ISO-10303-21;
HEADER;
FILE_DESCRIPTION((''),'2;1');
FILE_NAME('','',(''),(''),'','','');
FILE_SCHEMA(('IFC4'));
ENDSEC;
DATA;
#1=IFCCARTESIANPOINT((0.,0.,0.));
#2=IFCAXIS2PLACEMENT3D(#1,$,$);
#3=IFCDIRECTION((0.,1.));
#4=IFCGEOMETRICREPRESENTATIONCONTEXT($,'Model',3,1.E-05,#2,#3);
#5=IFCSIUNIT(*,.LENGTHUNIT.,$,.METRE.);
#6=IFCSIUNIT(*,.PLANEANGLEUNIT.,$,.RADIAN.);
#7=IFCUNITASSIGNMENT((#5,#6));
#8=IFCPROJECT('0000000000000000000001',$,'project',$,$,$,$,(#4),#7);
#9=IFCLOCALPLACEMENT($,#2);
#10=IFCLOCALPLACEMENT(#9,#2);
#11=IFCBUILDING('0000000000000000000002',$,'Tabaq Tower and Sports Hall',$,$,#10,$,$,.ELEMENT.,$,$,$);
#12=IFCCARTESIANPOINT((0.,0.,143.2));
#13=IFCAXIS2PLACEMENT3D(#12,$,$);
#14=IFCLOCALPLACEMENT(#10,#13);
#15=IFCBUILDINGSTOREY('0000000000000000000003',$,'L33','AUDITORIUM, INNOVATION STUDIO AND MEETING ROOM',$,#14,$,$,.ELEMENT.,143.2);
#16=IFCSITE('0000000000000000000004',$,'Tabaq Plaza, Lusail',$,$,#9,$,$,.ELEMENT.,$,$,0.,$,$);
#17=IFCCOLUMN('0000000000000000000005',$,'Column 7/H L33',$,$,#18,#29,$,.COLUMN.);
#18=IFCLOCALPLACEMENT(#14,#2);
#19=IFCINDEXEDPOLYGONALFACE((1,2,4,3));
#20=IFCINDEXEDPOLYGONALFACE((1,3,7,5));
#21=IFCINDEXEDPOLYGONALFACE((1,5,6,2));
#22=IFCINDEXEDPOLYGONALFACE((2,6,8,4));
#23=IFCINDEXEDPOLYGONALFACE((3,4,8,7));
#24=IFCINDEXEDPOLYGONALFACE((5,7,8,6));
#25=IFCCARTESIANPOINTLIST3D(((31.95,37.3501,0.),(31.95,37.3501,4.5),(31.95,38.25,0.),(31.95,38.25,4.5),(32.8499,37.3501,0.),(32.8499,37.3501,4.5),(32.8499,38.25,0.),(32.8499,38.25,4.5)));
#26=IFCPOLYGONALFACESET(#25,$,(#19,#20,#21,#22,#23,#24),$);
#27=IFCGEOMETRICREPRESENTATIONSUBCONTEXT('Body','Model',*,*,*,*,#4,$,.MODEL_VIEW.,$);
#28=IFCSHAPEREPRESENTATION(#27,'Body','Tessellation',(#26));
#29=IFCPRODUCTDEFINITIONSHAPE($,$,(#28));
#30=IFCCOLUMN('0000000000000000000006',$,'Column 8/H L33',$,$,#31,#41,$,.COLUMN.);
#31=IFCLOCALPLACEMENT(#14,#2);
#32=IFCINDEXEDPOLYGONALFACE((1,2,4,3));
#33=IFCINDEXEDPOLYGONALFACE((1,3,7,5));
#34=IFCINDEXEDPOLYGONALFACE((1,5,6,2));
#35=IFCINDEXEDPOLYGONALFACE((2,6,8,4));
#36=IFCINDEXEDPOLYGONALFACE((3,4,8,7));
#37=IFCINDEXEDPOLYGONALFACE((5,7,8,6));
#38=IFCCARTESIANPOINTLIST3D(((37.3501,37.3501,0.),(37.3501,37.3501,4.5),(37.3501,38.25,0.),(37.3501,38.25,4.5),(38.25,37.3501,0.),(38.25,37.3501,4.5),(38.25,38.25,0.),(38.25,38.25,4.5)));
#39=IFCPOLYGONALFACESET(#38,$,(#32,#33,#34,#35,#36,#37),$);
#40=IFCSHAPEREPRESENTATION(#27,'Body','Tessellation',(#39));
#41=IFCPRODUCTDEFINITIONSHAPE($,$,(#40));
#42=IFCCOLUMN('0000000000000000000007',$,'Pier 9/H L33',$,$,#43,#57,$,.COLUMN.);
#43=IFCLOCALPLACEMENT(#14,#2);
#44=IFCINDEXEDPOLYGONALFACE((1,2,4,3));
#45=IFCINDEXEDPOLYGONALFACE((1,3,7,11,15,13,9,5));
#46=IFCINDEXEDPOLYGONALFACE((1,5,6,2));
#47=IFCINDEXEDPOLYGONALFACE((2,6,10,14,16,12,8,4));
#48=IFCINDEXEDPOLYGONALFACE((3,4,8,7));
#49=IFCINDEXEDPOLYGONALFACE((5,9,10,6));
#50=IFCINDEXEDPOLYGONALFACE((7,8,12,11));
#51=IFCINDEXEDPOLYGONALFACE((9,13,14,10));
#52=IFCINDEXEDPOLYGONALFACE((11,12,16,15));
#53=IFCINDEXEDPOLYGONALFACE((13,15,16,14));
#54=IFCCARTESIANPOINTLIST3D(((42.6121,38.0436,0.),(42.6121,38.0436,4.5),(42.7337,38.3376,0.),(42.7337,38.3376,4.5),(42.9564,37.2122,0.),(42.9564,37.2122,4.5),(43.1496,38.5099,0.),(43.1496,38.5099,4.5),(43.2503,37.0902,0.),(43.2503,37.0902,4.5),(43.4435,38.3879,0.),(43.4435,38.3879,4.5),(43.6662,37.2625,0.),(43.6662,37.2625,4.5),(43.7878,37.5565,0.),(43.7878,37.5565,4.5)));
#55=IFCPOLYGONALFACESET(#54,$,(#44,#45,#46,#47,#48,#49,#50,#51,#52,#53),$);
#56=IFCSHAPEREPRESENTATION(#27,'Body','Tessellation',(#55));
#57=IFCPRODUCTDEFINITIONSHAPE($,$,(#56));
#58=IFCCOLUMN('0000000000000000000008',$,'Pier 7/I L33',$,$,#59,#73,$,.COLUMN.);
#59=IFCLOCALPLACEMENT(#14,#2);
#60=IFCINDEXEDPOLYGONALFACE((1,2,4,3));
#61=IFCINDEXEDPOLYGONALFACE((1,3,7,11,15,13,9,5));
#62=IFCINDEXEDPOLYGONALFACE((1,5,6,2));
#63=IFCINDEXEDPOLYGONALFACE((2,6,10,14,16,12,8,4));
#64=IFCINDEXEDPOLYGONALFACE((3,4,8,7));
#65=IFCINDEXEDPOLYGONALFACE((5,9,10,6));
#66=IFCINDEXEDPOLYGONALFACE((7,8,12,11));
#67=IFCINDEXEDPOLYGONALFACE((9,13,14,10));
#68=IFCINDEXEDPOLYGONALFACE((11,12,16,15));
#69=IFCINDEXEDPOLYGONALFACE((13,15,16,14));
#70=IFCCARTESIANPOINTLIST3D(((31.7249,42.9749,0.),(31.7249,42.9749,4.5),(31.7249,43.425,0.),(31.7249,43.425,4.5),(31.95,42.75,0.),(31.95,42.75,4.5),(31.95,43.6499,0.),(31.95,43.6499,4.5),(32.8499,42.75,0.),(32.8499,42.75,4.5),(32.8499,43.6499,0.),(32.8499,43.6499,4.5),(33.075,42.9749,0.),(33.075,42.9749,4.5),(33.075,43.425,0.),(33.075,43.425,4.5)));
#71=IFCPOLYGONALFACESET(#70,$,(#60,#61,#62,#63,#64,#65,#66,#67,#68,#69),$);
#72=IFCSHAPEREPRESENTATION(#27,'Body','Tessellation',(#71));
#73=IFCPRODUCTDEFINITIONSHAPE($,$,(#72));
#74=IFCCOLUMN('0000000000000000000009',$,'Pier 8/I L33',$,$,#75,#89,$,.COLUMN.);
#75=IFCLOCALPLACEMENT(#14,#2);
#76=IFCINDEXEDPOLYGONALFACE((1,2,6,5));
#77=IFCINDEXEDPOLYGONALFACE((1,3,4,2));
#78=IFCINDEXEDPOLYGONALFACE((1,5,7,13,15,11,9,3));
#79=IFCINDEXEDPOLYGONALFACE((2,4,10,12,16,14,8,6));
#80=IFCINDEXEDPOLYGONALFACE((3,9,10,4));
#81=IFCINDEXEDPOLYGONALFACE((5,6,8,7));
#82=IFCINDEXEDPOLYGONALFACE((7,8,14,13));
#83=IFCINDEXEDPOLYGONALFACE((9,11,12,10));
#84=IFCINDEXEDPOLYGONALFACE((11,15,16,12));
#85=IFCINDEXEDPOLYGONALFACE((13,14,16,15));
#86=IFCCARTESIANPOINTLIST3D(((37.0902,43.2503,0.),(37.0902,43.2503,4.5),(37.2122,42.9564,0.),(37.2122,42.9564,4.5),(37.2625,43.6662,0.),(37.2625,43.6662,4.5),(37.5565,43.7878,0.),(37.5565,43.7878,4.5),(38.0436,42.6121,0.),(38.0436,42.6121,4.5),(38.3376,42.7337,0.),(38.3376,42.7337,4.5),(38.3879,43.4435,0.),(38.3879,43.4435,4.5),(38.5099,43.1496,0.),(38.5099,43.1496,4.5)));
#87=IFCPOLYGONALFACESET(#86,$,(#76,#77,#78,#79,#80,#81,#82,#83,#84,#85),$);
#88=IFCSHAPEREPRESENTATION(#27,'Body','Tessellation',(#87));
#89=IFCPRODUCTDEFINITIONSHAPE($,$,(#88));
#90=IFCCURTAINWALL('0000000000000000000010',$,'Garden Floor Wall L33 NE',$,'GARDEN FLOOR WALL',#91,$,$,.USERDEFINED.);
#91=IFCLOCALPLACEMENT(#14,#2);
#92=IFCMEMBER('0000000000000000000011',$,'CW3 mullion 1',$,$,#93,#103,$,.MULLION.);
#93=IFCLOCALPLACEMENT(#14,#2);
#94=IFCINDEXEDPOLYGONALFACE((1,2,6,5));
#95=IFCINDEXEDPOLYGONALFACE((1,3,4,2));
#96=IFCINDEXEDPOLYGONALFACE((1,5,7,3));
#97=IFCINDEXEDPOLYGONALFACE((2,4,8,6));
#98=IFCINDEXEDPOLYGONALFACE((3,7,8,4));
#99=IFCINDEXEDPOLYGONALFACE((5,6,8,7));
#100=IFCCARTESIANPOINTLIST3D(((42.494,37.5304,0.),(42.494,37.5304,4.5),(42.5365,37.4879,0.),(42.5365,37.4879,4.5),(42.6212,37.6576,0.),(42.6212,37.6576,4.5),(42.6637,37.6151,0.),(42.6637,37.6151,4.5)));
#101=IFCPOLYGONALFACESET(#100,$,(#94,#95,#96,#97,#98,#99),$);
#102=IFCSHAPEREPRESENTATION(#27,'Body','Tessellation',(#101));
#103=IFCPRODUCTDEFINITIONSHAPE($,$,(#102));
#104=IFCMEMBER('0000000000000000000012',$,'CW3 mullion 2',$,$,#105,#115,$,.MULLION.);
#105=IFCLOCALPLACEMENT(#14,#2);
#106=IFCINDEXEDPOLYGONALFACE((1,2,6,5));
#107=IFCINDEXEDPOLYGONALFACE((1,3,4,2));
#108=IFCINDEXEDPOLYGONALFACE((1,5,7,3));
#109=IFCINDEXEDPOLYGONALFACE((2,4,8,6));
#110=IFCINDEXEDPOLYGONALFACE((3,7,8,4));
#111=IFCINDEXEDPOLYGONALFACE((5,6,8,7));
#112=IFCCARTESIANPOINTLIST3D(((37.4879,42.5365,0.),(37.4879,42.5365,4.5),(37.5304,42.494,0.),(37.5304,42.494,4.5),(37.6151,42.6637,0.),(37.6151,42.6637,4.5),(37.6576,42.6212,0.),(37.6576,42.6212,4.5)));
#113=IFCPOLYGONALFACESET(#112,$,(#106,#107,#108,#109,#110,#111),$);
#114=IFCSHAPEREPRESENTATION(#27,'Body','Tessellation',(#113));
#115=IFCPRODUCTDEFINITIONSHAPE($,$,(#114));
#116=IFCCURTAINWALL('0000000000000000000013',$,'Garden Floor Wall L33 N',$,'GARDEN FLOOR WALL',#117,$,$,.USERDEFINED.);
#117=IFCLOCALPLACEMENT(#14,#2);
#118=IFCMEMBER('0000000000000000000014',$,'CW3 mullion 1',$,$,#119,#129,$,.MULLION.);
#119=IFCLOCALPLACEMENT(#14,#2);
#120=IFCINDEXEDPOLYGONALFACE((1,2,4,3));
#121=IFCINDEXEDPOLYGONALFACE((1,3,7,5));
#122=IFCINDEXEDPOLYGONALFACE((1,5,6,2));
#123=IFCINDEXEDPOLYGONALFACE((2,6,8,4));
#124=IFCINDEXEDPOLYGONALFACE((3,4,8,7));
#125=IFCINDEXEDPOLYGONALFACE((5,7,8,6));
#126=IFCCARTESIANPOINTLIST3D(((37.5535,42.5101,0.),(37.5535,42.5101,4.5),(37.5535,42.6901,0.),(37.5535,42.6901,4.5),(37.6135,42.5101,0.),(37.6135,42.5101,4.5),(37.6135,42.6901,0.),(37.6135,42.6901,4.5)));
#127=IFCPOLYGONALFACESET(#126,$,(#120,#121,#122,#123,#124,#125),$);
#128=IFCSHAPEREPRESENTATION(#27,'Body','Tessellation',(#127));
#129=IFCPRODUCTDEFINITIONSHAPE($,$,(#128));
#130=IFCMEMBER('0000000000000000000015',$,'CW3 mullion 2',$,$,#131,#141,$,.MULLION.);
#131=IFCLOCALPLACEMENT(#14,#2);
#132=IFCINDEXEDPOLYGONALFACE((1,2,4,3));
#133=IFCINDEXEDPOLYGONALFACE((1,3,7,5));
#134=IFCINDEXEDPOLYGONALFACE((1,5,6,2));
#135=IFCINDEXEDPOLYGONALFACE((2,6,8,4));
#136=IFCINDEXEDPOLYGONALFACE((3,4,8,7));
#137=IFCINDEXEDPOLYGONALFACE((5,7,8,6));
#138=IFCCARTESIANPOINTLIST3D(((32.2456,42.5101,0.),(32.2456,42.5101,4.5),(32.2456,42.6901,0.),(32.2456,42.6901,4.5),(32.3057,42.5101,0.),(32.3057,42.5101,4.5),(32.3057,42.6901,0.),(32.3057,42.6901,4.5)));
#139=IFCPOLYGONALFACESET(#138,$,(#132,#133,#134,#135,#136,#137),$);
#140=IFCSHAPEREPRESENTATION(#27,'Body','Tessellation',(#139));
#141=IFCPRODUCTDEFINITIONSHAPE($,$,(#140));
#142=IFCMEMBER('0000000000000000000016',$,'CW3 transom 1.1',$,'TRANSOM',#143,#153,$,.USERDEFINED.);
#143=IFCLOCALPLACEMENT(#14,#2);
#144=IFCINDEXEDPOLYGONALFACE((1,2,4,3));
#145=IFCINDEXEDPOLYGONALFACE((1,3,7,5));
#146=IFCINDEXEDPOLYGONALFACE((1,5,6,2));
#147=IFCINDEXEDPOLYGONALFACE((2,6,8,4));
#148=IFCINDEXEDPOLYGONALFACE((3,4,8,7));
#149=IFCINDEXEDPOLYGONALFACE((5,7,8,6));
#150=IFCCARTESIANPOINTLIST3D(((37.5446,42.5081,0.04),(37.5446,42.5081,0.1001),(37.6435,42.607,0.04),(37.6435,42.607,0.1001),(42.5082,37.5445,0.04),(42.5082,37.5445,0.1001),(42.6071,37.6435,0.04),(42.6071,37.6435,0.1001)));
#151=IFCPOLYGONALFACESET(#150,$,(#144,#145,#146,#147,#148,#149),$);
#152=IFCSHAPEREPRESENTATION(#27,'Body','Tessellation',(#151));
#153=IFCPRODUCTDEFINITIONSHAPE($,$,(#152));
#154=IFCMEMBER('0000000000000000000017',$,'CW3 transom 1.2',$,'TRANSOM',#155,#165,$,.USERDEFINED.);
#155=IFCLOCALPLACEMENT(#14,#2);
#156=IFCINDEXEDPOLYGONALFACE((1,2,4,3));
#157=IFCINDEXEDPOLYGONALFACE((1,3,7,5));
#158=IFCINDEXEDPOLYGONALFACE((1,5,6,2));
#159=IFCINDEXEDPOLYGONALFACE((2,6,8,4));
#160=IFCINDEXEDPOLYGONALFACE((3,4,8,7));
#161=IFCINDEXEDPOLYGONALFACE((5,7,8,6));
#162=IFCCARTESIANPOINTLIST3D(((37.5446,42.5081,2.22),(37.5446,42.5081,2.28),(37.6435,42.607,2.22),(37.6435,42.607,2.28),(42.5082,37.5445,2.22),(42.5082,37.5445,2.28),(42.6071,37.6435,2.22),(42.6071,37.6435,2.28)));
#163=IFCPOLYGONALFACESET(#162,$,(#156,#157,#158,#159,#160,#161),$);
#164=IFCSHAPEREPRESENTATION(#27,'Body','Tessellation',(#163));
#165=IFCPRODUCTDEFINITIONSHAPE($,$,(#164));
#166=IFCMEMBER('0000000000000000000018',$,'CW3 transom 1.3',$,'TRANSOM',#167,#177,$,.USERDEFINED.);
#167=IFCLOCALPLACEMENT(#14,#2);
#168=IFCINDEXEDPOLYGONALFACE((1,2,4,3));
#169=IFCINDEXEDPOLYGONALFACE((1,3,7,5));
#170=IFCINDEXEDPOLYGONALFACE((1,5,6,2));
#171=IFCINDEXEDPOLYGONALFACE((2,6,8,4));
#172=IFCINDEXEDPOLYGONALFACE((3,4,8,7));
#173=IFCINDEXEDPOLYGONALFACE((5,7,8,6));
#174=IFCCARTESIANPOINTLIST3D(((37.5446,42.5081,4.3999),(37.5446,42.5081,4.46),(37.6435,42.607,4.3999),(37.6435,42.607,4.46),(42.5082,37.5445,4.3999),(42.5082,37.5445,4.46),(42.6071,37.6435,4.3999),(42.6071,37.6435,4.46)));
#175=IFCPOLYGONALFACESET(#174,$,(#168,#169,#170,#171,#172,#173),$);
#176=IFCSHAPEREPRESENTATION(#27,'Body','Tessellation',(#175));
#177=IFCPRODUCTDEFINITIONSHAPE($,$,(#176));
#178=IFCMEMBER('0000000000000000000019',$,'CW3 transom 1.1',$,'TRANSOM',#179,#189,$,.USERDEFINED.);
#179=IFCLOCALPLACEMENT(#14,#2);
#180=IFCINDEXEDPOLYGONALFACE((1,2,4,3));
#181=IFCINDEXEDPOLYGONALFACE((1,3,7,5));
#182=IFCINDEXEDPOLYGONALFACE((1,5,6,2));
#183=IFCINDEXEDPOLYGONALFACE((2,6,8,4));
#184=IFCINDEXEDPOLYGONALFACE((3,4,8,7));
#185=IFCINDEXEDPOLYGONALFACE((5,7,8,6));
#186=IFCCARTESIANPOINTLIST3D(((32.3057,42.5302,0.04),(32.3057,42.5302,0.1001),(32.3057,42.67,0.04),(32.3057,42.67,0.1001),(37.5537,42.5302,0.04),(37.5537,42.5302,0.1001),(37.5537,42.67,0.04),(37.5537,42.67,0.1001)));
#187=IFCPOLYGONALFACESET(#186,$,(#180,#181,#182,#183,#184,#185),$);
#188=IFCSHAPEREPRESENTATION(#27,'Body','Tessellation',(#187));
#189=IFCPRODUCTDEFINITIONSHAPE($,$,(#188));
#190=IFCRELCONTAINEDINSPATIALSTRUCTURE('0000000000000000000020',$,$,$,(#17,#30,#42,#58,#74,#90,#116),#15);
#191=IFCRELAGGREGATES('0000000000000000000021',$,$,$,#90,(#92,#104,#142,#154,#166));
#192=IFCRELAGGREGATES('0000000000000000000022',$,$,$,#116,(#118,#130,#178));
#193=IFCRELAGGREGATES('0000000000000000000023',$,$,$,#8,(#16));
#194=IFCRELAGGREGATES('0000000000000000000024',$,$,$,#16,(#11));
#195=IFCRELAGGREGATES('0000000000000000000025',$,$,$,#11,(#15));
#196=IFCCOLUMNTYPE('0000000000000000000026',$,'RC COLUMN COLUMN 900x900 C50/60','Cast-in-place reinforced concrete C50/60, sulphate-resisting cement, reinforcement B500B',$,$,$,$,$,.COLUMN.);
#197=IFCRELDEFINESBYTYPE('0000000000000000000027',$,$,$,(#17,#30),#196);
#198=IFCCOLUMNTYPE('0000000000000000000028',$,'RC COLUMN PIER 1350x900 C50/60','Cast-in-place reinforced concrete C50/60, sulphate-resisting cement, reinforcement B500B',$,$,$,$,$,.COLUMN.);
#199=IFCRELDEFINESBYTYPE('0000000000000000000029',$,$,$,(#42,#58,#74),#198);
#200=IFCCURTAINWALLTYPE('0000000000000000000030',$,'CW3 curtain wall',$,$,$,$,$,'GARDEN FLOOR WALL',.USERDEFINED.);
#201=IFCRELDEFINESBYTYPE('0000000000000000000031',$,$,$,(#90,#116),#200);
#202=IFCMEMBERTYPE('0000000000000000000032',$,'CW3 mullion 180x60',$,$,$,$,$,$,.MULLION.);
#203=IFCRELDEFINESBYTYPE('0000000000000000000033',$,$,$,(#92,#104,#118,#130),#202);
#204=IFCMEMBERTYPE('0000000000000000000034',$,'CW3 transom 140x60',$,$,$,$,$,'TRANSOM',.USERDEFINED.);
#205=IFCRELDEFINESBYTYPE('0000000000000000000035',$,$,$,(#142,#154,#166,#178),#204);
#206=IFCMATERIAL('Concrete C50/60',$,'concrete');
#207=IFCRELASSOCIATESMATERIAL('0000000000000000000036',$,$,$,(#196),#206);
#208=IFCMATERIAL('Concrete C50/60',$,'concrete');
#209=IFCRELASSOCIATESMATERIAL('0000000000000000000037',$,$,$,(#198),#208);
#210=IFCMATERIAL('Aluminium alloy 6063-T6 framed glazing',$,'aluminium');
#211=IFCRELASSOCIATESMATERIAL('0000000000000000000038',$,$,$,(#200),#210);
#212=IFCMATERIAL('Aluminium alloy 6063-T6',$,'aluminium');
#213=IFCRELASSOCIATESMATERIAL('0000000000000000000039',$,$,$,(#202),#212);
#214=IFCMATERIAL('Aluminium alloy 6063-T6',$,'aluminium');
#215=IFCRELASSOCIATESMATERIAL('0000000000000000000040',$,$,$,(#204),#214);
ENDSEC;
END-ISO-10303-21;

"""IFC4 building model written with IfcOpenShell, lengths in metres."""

from ifc_helpers import new_model, si_unit, direction, frame, origin, origin_2d, place, context, subcontext, project, spatial, polyline, rectangle, outline, extrude, material, material_profile, profile_set, type_object, element, aggregate, save


model = new_model("IFC4")

# Units and contexts
model_context = context("Model", 3, precision=1e-05, world=origin(), true_north=direction((0.0, 1.0)))
body_context = subcontext(model_context, "Body", "Model", "MODEL_VIEW")
ifc_project = project(units=[si_unit("LENGTHUNIT", "METRE"), si_unit("PLANEANGLEUNIT", "RADIAN")], contexts=[model_context])

# Site, building, storey
site_placement = place(None, origin())
site = spatial("IfcSite", under=ifc_project, at=site_placement, Name="Tabaq Plaza, Lusail", CompositionType="ELEMENT", RefElevation=0.0)
building_placement = place(site_placement, origin())
building = spatial("IfcBuilding", under=site, at=building_placement, Name="Tabaq Tower and Sports Hall", CompositionType="ELEMENT")
storey_placement = place(building_placement, frame((0.0, 0.0, 143.2)))
storey = spatial("IfcBuildingStorey", under=building, at=storey_placement, Name="L33", Description="AUDITORIUM, INNOVATION STUDIO AND MEETING ROOM", CompositionType="ELEMENT", Elevation=143.2)

# Columns
ifc_material_1 = material(Name="Concrete C50/60", Category="concrete")
ifc_material_profile_1 = material_profile(ifc_material_1, rectangle(XDim=0.8999, YDim=0.8999, at=origin_2d()), Name="COLUMN 900x900")
ifc_profile_set_1 = profile_set([ifc_material_profile_1], Name="Concrete C50/60")
column_type_1 = type_object("IfcColumnType", Name="RC COLUMN COLUMN 900x900 C50/60", Description="Cast-in-place reinforced concrete C50/60, sulphate-resisting cement, reinforcement B500B", PredefinedType="COLUMN", material=ifc_profile_set_1)
for number, where, z_axis, x_axis, name in (
    (1, (32.3999, 37.8, 0.0), (0.0, 0.0, 1.0), (1.0, 0.0, 0.0), "Column 7/H L33"),
    (2, (37.8, 37.8, 0.0), (0.0, 0.0, 1.0), (1.0, 0.0, 0.0), "Column 8/H L33"),
):
    element("IfcColumn", number, at=place(storey_placement, frame(where, z_axis=z_axis, x_axis=x_axis)), inside=storey, type_object=column_type_1, Name=name, PredefinedType="COLUMN", context=body_context, shape_type="SweptSolid", body=[
        extrude(rectangle(XDim=0.8999, YDim=0.8999, at=origin_2d()), origin(), (0.0, 0.0, 1.0), 4.5),
    ])
ifc_material_2 = material(Name="Concrete C50/60", Category="concrete")
ifc_material_profile_2 = material_profile(ifc_material_2, outline(polyline([(-0.45, -0.45), (0.45, -0.45), (0.675, -0.2251), (0.675, 0.2251), (0.45, 0.45), (-0.45, 0.45), (-0.675, 0.2251), (-0.675, -0.2251), (-0.45, -0.45)])), Name="PIER 1350x900")
ifc_profile_set_2 = profile_set([ifc_material_profile_2], Name="Concrete C50/60")
column_type_2 = type_object("IfcColumnType", Name="RC COLUMN PIER 1350x900 C50/60", Description="Cast-in-place reinforced concrete C50/60, sulphate-resisting cement, reinforcement B500B", PredefinedType="COLUMN", material=ifc_profile_set_2)
for number, where, z_axis, x_axis, name in (
    (3, (43.2, 37.8, 0.0), (0.0, 0.0, 1.0), (-0.382683, 0.92388, 0.0), "Pier 9/H L33"),
    (4, (32.3999, 43.2, 0.0), (0.0, 0.0, 1.0), (1.0, 0.0, 0.0), "Pier 7/I L33"),
    (5, (37.8, 43.2, 0.0), (0.0, 0.0, 1.0), (-0.92388, 0.382683, 0.0), "Pier 8/I L33"),
):
    element("IfcColumn", number, at=place(storey_placement, frame(where, z_axis=z_axis, x_axis=x_axis)), inside=storey, type_object=column_type_2, Name=name, PredefinedType="COLUMN", context=body_context, shape_type="SweptSolid", body=[
        extrude(outline(polyline([(-0.45, -0.45), (0.45, -0.45), (0.675, -0.2251), (0.675, 0.2251), (0.45, 0.45), (-0.45, 0.45), (-0.675, 0.2251), (-0.675, -0.2251), (-0.45, -0.45)])), origin(), (0.0, 0.0, 1.0), 4.5),
    ])

# Curtain walls, members
ifc_material_3 = material(Name="Aluminium alloy 6063-T6 framed glazing", Category="aluminium")
curtain_wall_type = type_object("IfcCurtainWallType", Name="CW3 curtain wall", ElementType="GARDEN FLOOR WALL", PredefinedType="USERDEFINED", material=ifc_material_3)
curtain_wall_1_placement = place(storey_placement, origin())
curtain_wall_1 = element("IfcCurtainWall", 6, at=curtain_wall_1_placement, inside=storey, type_object=curtain_wall_type, Name="Garden Floor Wall L33 NE", ObjectType="GARDEN FLOOR WALL", PredefinedType="USERDEFINED")
ifc_material_4 = material(Name="Aluminium alloy 6063-T6", Category="aluminium")
ifc_material_profile_3 = material_profile(ifc_material_4, rectangle(XDim=0.1799, YDim=0.0601, at=origin_2d()), Name="MULLION 180x60")
ifc_profile_set_3 = profile_set([ifc_material_profile_3], Name="Aluminium alloy 6063-T6")
member_type_1 = type_object("IfcMemberType", Name="CW3 mullion 180x60", PredefinedType="MULLION", material=ifc_profile_set_3)
member_1_placement = place(storey_placement, frame((42.5789, 37.5728, 0.0), z_axis=(0.0, 0.0, 1.0), x_axis=(-0.707107, -0.707107, 0.0)))
member_1 = element("IfcMember", 7, at=member_1_placement, type_object=member_type_1, Name="CW3 mullion 1", PredefinedType="MULLION", context=body_context, shape_type="SweptSolid", body=[
    extrude(rectangle(XDim=0.1799, YDim=0.0601, at=origin_2d()), origin(), (0.0, 0.0, 1.0), 4.5),
])
member_2_placement = place(storey_placement, frame((37.5728, 42.5789, 0.0), z_axis=(0.0, 0.0, 1.0), x_axis=(-0.707107, -0.707107, 0.0)))
member_2 = element("IfcMember", 8, at=member_2_placement, type_object=member_type_1, Name="CW3 mullion 2", PredefinedType="MULLION", context=body_context, shape_type="SweptSolid", body=[
    extrude(rectangle(XDim=0.1799, YDim=0.0601, at=origin_2d()), origin(), (0.0, 0.0, 1.0), 4.5),
])
curtain_wall_2_placement = place(storey_placement, origin())
curtain_wall_2 = element("IfcCurtainWall", 9, at=curtain_wall_2_placement, inside=storey, type_object=curtain_wall_type, Name="Garden Floor Wall L33 N", ObjectType="GARDEN FLOOR WALL", PredefinedType="USERDEFINED")
member_3_placement = place(storey_placement, frame((37.5835, 42.6001, 0.0), z_axis=(0.0, 0.0, 1.0), x_axis=(0.0, -1.0, 0.0)))
member_3 = element("IfcMember", 10, at=member_3_placement, type_object=member_type_1, Name="CW3 mullion 1", PredefinedType="MULLION", context=body_context, shape_type="SweptSolid", body=[
    extrude(rectangle(XDim=0.1799, YDim=0.0601, at=origin_2d()), origin(), (0.0, 0.0, 1.0), 4.5),
])
member_4_placement = place(storey_placement, frame((32.2756, 42.6001, 0.0), z_axis=(0.0, 0.0, 1.0), x_axis=(0.0, -1.0, 0.0)))
member_4 = element("IfcMember", 11, at=member_4_placement, type_object=member_type_1, Name="CW3 mullion 2", PredefinedType="MULLION", context=body_context, shape_type="SweptSolid", body=[
    extrude(rectangle(XDim=0.1799, YDim=0.0601, at=origin_2d()), origin(), (0.0, 0.0, 1.0), 4.5),
])

# Members
ifc_material_5 = material(Name="Aluminium alloy 6063-T6", Category="aluminium")
ifc_material_profile_4 = material_profile(ifc_material_5, rectangle(XDim=0.1399, YDim=0.0601, at=origin_2d()), Name="TRANSOM 140x60")
ifc_profile_set_4 = profile_set([ifc_material_profile_4], Name="Aluminium alloy 6063-T6")
member_type_2 = type_object("IfcMemberType", Name="CW3 transom 140x60", ElementType="TRANSOM", PredefinedType="USERDEFINED", material=ifc_profile_set_4)
member_5_placement = place(storey_placement, frame((42.5576, 37.594, 0.0701), z_axis=(-0.707107, 0.707107, 0.0), x_axis=(-0.707107, -0.707107, 0.0)))
member_5 = element("IfcMember", 12, at=member_5_placement, type_object=member_type_2, Name="CW3 transom 1.1", ObjectType="TRANSOM", PredefinedType="USERDEFINED", context=body_context, shape_type="SweptSolid", body=[
    extrude(rectangle(XDim=0.1399, YDim=0.0601, at=origin_2d()), origin(), (0.0, 0.0, 1.0), 7.0195),
])
member_6_placement = place(storey_placement, frame((42.5576, 37.594, 2.25), z_axis=(-0.707107, 0.707107, 0.0), x_axis=(-0.707107, -0.707107, 0.0)))
member_6 = element("IfcMember", 13, at=member_6_placement, type_object=member_type_2, Name="CW3 transom 1.2", ObjectType="TRANSOM", PredefinedType="USERDEFINED", context=body_context, shape_type="SweptSolid", body=[
    extrude(rectangle(XDim=0.1399, YDim=0.0601, at=origin_2d()), origin(), (0.0, 0.0, 1.0), 7.0195),
])
member_7_placement = place(storey_placement, frame((42.5576, 37.594, 4.4299), z_axis=(-0.707107, 0.707107, 0.0), x_axis=(-0.707107, -0.707107, 0.0)))
member_7 = element("IfcMember", 14, at=member_7_placement, type_object=member_type_2, Name="CW3 transom 1.3", ObjectType="TRANSOM", PredefinedType="USERDEFINED", context=body_context, shape_type="SweptSolid", body=[
    extrude(rectangle(XDim=0.1399, YDim=0.0601, at=origin_2d()), origin(), (0.0, 0.0, 1.0), 7.0195),
])
member_8_placement = place(storey_placement, frame((37.5537, 42.6001, 0.0701), z_axis=(-1.0, 0.0, 0.0), x_axis=(0.0, -1.0, 0.0)))
member_8 = element("IfcMember", 15, at=member_8_placement, type_object=member_type_2, Name="CW3 transom 1.1", ObjectType="TRANSOM", PredefinedType="USERDEFINED", context=body_context, shape_type="SweptSolid", body=[
    extrude(rectangle(XDim=0.1399, YDim=0.0601, at=origin_2d()), origin(), (0.0, 0.0, 1.0), 5.248),
])

aggregate(curtain_wall_1, [member_1, member_2, member_5, member_6, member_7])
aggregate(curtain_wall_2, [member_3, member_4, member_8])

save(model, "model.ifc")
